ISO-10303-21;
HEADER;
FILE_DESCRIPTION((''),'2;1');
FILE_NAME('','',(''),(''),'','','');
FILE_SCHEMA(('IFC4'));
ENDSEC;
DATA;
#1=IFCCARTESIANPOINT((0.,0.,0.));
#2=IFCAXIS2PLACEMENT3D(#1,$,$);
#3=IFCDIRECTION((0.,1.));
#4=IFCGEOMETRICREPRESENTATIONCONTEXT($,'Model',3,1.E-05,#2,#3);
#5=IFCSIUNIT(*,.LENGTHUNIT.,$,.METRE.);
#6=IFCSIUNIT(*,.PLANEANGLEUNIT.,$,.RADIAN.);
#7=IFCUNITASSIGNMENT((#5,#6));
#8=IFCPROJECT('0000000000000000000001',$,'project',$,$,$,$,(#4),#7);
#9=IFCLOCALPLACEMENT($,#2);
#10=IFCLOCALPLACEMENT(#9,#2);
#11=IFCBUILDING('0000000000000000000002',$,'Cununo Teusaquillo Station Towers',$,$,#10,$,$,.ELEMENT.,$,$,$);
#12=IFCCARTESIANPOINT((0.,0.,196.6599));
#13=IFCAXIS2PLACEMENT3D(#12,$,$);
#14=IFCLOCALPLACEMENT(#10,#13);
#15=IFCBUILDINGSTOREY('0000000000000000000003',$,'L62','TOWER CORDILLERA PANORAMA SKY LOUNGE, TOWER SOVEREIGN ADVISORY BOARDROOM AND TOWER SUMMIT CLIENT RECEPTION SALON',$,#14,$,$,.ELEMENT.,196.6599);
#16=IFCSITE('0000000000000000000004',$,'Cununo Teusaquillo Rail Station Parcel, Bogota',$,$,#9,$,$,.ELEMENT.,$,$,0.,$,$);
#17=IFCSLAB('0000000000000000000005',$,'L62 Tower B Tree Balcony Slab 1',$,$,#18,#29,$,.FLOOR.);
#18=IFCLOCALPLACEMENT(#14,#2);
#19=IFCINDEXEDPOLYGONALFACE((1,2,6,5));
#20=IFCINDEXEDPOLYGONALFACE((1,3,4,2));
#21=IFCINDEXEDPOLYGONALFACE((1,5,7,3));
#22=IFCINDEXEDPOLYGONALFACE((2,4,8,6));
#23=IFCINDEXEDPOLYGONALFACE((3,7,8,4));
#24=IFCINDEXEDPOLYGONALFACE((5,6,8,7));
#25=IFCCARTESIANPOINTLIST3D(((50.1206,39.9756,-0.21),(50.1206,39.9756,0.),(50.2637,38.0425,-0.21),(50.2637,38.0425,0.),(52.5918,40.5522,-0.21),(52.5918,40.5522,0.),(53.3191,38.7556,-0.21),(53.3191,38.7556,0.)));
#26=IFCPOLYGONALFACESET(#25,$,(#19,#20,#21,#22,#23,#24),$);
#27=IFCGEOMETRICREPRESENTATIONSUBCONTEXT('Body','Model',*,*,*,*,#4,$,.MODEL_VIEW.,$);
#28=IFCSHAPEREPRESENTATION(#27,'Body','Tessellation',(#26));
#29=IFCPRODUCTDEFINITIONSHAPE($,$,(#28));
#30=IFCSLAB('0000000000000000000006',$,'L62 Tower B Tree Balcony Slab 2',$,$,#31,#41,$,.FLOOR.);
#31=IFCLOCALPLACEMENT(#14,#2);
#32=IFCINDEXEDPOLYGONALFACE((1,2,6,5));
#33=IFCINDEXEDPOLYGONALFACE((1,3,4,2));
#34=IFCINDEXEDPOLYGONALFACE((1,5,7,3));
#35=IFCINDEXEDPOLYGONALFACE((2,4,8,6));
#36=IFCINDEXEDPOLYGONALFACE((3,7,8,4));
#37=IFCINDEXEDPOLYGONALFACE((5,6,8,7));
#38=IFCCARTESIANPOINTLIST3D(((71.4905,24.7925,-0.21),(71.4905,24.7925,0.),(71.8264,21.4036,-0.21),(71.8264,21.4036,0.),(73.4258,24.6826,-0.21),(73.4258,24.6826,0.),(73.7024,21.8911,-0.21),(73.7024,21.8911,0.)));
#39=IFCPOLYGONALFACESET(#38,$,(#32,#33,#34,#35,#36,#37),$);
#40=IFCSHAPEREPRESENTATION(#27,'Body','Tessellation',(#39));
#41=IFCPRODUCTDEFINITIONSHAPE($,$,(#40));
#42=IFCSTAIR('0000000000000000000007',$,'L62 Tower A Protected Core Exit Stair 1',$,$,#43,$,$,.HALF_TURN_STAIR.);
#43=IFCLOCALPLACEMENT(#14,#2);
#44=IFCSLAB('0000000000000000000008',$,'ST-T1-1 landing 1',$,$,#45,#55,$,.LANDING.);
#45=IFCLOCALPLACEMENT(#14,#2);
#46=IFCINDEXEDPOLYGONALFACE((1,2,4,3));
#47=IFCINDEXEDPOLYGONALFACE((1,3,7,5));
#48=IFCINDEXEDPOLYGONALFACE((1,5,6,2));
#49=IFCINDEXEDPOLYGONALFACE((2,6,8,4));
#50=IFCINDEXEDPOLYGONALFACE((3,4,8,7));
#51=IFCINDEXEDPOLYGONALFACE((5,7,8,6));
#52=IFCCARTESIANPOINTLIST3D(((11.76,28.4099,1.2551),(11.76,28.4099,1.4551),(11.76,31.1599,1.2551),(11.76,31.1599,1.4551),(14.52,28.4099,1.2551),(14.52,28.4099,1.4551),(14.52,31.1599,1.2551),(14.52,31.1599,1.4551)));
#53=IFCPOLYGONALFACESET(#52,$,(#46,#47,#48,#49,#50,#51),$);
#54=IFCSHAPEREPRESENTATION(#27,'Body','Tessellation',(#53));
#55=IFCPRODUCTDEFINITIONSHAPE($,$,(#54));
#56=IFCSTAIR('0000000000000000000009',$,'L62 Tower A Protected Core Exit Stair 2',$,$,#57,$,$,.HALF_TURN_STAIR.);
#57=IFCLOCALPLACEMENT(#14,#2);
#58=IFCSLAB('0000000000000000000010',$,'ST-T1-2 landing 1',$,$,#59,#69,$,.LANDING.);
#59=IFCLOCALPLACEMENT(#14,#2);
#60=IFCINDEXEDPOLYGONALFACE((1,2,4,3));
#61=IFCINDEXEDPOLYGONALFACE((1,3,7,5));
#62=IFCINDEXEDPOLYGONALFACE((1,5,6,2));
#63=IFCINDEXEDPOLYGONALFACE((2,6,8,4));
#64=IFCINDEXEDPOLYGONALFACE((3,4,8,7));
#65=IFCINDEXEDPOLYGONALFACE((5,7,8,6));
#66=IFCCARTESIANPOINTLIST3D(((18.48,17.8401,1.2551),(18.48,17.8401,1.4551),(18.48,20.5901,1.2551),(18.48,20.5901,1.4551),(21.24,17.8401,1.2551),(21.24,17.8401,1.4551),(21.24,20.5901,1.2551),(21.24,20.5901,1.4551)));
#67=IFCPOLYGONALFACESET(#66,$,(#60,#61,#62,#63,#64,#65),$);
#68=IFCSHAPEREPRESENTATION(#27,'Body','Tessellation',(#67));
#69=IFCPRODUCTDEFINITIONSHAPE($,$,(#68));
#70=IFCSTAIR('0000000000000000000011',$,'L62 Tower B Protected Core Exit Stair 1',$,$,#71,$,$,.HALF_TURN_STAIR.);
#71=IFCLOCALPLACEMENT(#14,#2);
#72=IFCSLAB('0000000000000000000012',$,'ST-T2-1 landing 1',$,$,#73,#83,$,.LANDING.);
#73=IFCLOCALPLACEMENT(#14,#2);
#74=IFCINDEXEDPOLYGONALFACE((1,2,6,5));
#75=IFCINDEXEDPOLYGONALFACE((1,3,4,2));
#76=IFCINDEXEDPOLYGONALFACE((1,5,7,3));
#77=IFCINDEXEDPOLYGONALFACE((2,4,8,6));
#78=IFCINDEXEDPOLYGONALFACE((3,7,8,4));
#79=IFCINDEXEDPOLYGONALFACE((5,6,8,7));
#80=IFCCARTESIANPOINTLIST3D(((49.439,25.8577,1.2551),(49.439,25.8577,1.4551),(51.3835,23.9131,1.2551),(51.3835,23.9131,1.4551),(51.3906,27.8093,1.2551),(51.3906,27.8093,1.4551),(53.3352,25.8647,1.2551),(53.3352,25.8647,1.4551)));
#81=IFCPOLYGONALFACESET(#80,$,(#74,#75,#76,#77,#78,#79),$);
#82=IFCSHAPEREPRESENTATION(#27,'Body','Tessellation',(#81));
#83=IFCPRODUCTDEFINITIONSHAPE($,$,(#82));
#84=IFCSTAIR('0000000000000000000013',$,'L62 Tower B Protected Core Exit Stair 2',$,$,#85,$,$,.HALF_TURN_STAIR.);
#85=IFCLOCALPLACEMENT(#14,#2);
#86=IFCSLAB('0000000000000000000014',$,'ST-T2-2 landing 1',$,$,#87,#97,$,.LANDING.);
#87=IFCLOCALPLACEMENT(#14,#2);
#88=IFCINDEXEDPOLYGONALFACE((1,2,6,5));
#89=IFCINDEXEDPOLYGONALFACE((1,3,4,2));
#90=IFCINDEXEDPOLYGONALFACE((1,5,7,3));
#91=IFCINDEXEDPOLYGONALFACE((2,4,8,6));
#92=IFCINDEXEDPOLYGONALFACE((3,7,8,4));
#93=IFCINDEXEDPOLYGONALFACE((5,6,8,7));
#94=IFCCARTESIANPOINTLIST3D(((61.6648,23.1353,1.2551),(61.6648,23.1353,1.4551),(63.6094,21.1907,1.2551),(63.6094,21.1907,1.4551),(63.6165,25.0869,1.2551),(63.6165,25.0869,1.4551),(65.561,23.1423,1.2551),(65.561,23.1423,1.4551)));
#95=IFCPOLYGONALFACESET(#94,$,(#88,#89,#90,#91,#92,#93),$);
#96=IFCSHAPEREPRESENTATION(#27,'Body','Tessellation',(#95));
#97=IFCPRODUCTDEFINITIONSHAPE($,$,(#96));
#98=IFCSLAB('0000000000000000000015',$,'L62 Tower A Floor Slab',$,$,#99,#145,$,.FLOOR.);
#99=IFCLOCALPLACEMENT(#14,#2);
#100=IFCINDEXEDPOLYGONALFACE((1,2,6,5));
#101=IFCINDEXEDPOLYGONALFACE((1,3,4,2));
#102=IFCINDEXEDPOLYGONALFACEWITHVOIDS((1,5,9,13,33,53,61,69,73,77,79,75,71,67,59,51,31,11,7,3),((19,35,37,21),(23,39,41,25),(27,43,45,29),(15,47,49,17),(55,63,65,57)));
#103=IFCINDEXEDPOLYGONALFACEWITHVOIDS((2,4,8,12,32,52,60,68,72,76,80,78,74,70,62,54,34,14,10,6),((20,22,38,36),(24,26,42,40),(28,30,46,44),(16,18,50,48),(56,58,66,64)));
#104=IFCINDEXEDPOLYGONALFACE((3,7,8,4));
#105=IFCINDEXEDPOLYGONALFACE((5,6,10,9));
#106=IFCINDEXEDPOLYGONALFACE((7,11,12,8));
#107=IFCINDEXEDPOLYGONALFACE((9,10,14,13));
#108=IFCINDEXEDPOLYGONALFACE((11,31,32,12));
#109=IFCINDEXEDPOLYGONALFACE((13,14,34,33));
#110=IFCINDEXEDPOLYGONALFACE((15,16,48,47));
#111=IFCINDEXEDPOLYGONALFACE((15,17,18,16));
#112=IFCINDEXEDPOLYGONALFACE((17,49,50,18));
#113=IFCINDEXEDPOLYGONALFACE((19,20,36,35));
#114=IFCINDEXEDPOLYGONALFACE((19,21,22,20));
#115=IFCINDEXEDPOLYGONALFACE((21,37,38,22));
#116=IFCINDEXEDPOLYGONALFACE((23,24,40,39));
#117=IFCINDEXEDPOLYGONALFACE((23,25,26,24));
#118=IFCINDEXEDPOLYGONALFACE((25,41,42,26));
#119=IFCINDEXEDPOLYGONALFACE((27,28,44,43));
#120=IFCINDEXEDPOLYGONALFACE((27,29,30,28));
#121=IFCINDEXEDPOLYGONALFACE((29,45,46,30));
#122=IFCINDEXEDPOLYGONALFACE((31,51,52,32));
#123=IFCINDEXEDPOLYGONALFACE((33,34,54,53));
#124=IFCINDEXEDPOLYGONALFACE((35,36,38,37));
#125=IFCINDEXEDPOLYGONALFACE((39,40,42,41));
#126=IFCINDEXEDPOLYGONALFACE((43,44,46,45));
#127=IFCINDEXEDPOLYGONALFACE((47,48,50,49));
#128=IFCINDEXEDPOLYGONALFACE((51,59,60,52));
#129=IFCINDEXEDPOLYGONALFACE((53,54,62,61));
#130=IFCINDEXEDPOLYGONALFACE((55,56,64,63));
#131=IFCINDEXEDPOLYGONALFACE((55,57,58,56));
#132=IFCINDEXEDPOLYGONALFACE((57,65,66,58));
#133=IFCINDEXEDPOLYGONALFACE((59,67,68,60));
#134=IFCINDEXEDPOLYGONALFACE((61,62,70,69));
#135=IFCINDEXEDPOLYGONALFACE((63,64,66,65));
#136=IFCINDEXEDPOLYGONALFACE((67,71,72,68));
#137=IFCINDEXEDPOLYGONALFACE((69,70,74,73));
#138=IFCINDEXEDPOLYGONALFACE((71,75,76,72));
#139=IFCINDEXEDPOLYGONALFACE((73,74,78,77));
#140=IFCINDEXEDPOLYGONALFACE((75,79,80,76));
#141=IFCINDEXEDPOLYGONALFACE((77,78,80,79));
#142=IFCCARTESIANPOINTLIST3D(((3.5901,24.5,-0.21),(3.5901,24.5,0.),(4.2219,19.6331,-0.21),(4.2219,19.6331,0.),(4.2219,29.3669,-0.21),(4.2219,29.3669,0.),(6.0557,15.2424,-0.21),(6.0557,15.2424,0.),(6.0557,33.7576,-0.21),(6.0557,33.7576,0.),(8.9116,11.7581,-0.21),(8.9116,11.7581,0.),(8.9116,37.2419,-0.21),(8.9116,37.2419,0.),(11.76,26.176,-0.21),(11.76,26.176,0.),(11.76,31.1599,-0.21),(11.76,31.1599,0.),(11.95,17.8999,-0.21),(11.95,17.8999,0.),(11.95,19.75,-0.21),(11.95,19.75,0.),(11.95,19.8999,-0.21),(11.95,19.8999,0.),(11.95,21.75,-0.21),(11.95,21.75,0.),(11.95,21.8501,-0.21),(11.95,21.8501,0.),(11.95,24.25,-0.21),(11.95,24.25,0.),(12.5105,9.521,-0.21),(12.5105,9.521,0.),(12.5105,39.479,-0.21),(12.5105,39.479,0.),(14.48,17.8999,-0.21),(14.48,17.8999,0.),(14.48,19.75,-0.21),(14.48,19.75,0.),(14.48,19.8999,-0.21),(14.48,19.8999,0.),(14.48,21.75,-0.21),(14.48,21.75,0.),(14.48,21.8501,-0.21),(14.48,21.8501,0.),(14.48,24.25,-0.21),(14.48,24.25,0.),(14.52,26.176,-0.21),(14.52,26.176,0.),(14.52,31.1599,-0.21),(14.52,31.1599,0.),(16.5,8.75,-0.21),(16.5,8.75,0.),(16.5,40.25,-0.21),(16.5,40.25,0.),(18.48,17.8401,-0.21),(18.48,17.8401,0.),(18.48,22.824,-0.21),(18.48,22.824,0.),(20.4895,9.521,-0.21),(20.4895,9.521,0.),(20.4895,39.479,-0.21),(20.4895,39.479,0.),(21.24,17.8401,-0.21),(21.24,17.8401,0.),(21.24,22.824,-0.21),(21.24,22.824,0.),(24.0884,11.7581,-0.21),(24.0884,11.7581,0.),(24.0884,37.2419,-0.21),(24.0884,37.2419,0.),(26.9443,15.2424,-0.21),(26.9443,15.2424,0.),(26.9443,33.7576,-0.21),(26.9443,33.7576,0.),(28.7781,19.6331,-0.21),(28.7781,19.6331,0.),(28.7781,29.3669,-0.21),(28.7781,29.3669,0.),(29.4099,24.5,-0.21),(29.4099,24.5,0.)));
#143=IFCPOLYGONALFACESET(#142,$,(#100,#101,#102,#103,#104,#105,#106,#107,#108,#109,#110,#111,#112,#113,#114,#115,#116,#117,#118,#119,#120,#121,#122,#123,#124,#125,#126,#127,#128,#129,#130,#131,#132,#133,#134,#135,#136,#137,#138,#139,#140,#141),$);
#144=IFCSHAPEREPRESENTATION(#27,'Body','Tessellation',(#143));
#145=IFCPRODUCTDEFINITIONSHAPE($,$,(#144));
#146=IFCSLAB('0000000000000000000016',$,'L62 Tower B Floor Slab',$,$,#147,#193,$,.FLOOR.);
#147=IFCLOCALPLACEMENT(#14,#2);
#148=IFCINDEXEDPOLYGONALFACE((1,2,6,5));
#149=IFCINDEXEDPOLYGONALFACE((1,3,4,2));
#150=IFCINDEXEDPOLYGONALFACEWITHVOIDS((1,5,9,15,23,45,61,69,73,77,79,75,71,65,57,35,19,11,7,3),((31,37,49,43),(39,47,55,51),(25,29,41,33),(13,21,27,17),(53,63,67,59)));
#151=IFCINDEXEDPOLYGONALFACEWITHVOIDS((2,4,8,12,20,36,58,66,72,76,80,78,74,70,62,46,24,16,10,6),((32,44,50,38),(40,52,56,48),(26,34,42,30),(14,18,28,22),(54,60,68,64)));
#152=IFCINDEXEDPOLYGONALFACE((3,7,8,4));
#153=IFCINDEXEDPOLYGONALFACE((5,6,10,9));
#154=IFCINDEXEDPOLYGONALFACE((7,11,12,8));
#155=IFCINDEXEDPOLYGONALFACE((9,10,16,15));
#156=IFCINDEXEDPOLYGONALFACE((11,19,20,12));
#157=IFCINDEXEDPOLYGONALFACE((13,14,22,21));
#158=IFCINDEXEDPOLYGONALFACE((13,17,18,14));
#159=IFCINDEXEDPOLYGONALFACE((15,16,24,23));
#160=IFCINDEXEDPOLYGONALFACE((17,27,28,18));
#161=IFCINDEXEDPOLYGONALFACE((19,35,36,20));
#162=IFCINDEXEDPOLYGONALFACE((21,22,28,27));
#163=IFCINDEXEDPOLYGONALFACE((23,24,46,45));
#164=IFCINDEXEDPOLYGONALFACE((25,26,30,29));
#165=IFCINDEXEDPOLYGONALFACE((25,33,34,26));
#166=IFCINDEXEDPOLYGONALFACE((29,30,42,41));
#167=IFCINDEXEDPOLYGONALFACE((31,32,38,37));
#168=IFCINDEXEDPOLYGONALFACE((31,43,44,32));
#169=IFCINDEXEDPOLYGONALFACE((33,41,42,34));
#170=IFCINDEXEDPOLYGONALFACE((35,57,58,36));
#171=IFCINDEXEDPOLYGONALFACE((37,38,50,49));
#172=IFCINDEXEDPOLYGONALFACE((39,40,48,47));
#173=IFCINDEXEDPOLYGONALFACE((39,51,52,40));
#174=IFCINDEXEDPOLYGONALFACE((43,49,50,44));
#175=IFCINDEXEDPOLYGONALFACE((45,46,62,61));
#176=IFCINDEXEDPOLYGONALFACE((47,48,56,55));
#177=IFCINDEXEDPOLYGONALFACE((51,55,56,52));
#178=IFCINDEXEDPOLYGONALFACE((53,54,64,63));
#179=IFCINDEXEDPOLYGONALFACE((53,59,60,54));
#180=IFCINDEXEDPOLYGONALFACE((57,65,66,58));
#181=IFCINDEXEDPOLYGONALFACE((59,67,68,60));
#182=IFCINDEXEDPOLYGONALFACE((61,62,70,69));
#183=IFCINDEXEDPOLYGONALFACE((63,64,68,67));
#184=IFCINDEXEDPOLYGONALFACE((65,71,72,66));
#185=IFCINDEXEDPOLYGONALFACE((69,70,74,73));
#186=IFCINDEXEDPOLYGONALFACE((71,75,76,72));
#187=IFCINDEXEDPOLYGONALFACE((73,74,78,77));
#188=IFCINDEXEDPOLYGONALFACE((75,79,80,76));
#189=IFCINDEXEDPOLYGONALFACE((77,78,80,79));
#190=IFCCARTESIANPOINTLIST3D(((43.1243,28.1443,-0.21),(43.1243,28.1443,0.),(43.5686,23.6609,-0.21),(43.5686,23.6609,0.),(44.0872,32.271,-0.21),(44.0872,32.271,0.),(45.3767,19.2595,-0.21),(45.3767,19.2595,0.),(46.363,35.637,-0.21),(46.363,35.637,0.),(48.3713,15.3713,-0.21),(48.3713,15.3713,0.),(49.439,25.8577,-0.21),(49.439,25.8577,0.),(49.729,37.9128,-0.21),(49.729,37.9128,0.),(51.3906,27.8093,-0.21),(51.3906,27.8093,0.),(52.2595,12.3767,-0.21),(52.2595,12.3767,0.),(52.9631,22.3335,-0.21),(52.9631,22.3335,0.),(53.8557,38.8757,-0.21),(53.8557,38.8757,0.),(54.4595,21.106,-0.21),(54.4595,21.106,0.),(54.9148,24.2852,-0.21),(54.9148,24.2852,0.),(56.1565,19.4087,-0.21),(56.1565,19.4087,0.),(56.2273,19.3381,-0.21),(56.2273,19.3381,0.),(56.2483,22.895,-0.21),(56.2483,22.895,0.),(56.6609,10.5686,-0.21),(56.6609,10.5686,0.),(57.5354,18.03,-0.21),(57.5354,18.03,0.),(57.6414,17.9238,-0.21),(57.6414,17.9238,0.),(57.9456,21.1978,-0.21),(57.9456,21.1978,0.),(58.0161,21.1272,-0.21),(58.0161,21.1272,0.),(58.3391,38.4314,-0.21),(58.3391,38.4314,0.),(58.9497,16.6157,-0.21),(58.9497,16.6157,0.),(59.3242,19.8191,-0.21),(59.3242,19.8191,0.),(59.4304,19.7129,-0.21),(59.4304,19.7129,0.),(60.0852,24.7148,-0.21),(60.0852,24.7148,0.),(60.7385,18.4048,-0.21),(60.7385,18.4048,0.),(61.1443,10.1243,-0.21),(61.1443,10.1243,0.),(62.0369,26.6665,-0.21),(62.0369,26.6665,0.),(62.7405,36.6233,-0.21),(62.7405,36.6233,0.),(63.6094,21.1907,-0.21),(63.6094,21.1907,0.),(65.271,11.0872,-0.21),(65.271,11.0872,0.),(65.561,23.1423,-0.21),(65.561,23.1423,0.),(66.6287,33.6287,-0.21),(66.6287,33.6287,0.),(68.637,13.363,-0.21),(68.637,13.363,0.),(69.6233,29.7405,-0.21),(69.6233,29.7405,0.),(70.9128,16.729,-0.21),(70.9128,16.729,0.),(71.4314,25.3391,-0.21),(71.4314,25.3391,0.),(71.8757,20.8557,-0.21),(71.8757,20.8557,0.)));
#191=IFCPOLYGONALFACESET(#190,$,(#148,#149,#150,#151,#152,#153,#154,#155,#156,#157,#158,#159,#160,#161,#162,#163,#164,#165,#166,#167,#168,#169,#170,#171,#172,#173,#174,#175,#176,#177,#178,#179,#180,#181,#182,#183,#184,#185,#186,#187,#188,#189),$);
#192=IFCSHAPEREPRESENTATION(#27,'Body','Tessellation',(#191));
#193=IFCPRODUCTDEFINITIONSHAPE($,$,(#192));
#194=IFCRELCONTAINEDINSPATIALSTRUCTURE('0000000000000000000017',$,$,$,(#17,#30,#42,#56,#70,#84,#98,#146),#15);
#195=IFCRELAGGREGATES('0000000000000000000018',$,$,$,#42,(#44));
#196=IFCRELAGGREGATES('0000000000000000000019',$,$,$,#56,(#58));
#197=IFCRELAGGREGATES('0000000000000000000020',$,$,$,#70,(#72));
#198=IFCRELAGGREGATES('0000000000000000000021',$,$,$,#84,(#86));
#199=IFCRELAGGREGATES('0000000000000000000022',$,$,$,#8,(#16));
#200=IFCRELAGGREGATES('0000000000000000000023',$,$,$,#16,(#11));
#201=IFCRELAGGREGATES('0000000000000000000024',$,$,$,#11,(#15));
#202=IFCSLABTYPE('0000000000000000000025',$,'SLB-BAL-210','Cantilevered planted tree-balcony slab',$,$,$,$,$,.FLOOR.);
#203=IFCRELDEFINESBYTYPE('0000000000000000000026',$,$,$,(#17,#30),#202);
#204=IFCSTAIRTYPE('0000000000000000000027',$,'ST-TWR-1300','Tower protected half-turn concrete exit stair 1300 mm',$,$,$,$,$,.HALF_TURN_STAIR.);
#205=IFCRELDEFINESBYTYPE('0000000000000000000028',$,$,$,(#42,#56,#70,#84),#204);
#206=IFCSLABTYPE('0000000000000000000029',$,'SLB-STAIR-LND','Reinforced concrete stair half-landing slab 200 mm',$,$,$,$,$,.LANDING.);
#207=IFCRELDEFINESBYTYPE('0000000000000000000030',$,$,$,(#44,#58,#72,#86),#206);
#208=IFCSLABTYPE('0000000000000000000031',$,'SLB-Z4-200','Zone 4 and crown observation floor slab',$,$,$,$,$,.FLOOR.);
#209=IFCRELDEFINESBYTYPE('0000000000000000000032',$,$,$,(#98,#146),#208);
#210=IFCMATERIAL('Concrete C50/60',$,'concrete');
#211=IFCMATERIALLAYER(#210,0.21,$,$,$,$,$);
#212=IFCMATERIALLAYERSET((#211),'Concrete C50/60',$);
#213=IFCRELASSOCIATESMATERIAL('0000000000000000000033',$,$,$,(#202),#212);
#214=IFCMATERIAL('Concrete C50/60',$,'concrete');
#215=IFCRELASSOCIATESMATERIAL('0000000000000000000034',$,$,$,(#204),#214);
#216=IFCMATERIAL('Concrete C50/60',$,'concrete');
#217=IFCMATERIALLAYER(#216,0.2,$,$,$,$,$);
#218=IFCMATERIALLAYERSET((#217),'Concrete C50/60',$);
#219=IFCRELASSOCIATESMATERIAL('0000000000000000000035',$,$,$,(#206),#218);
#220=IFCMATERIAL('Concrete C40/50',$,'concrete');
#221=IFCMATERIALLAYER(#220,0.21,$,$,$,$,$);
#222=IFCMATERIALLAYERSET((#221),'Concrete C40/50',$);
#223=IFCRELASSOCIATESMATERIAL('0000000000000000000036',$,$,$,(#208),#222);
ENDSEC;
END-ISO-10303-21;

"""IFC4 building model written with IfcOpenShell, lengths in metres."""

from ifc_helpers import new_model, si_unit, direction, frame, origin, place, context, subcontext, project, spatial, polyline, outline, extrude, material, layer, layer_set, type_object, element, aggregate, save


model = new_model("IFC4")

# Units and contexts
model_context = context("Model", 3, precision=1e-05, world=origin(), true_north=direction((0.0, 1.0)))
body_context = subcontext(model_context, "Body", "Model", "MODEL_VIEW")
ifc_project = project(units=[si_unit("LENGTHUNIT", "METRE"), si_unit("PLANEANGLEUNIT", "RADIAN")], contexts=[model_context])

# Site, building, storey
site_placement = place(None, origin())
site = spatial("IfcSite", under=ifc_project, at=site_placement, Name="Cununo Teusaquillo Rail Station Parcel, Bogota", CompositionType="ELEMENT", RefElevation=0.0)
building_placement = place(site_placement, origin())
building = spatial("IfcBuilding", under=site, at=building_placement, Name="Cununo Teusaquillo Station Towers", CompositionType="ELEMENT")
storey_placement = place(building_placement, frame((0.0, 0.0, 196.6599)))
storey = spatial("IfcBuildingStorey", under=building, at=storey_placement, Name="L62", Description="TOWER CORDILLERA PANORAMA SKY LOUNGE, TOWER SOVEREIGN ADVISORY BOARDROOM AND TOWER SUMMIT CLIENT RECEPTION SALON", CompositionType="ELEMENT", Elevation=196.6599)

# Slabs
ifc_material_1 = material(Name="Concrete C50/60", Category="concrete")
ifc_layer_1 = layer(ifc_material_1, 0.21)
ifc_layer_set_1 = layer_set([ifc_layer_1], Name="Concrete C50/60")
slab_type_1 = type_object("IfcSlabType", Name="SLB-BAL-210", Description="Cantilevered planted tree-balcony slab", PredefinedType="FLOOR", material=ifc_layer_set_1)
slab_1_placement = place(storey_placement, frame((0.0, 0.0, -0.21)))
element("IfcSlab", 1, at=slab_1_placement, inside=storey, type_object=slab_type_1, Name="L62 Tower B Tree Balcony Slab 1", PredefinedType="FLOOR", context=body_context, shape_type="SweptSolid", body=[
    extrude(outline(polyline([(53.3191, 38.7556), (50.2637, 38.0425), (50.1206, 39.9756), (52.5918, 40.5522), (53.3191, 38.7556)])), origin(), (0.0, 0.0, 1.0), 0.21),
])
slab_2_placement = place(storey_placement, frame((0.0, 0.0, -0.21)))
element("IfcSlab", 2, at=slab_2_placement, inside=storey, type_object=slab_type_1, Name="L62 Tower B Tree Balcony Slab 2", PredefinedType="FLOOR", context=body_context, shape_type="SweptSolid", body=[
    extrude(outline(polyline([(71.8264, 21.4036), (71.4905, 24.7925), (73.4258, 24.6826), (73.7024, 21.8911), (71.8264, 21.4036)])), origin(), (0.0, 0.0, 1.0), 0.21),
])

# Stairs, slabs
ifc_material_2 = material(Name="Concrete C50/60", Category="concrete")
stair_type = type_object("IfcStairType", Name="ST-TWR-1300", Description="Tower protected half-turn concrete exit stair 1300 mm", PredefinedType="HALF_TURN_STAIR", material=ifc_material_2)
stair_1_placement = place(storey_placement, origin())
stair_1 = element("IfcStair", 3, at=stair_1_placement, inside=storey, type_object=stair_type, Name="L62 Tower A Protected Core Exit Stair 1", PredefinedType="HALF_TURN_STAIR")
ifc_material_3 = material(Name="Concrete C50/60", Category="concrete")
ifc_layer_2 = layer(ifc_material_3, 0.2)
ifc_layer_set_2 = layer_set([ifc_layer_2], Name="Concrete C50/60")
slab_type_2 = type_object("IfcSlabType", Name="SLB-STAIR-LND", Description="Reinforced concrete stair half-landing slab 200 mm", PredefinedType="LANDING", material=ifc_layer_set_2)
slab_3_placement = place(storey_placement, frame((0.0, 0.0, 1.2551)))
slab_3 = element("IfcSlab", 4, at=slab_3_placement, type_object=slab_type_2, Name="ST-T1-1 landing 1", PredefinedType="LANDING", context=body_context, shape_type="SweptSolid", body=[
    extrude(outline(polyline([(14.52, 28.4099), (14.52, 31.1599), (11.76, 31.1599), (11.76, 28.4099), (14.52, 28.4099)])), origin(), (0.0, 0.0, 1.0), 0.2),
])
aggregate(stair_1, [slab_3])
stair_2_placement = place(storey_placement, origin())
stair_2 = element("IfcStair", 5, at=stair_2_placement, inside=storey, type_object=stair_type, Name="L62 Tower A Protected Core Exit Stair 2", PredefinedType="HALF_TURN_STAIR")
slab_4_placement = place(storey_placement, frame((0.0, 0.0, 1.2551)))
slab_4 = element("IfcSlab", 6, at=slab_4_placement, type_object=slab_type_2, Name="ST-T1-2 landing 1", PredefinedType="LANDING", context=body_context, shape_type="SweptSolid", body=[
    extrude(outline(polyline([(18.48, 20.5901), (18.48, 17.8401), (21.24, 17.8401), (21.24, 20.5901), (18.48, 20.5901)])), origin(), (0.0, 0.0, 1.0), 0.2),
])
aggregate(stair_2, [slab_4])
stair_3_placement = place(storey_placement, origin())
stair_3 = element("IfcStair", 7, at=stair_3_placement, inside=storey, type_object=stair_type, Name="L62 Tower B Protected Core Exit Stair 1", PredefinedType="HALF_TURN_STAIR")
slab_5_placement = place(storey_placement, frame((0.0, 0.0, 1.2551)))
slab_5 = element("IfcSlab", 8, at=slab_5_placement, type_object=slab_type_2, Name="ST-T2-1 landing 1", PredefinedType="LANDING", context=body_context, shape_type="SweptSolid", body=[
    extrude(outline(polyline([(53.3352, 25.8647), (51.3906, 27.8093), (49.439, 25.8577), (51.3835, 23.9131), (53.3352, 25.8647)])), origin(), (0.0, 0.0, 1.0), 0.2),
])
aggregate(stair_3, [slab_5])
stair_4_placement = place(storey_placement, origin())
stair_4 = element("IfcStair", 9, at=stair_4_placement, inside=storey, type_object=stair_type, Name="L62 Tower B Protected Core Exit Stair 2", PredefinedType="HALF_TURN_STAIR")
slab_6_placement = place(storey_placement, frame((0.0, 0.0, 1.2551)))
slab_6 = element("IfcSlab", 10, at=slab_6_placement, type_object=slab_type_2, Name="ST-T2-2 landing 1", PredefinedType="LANDING", context=body_context, shape_type="SweptSolid", body=[
    extrude(outline(polyline([(61.6648, 23.1353), (63.6094, 21.1907), (65.561, 23.1423), (63.6165, 25.0869), (61.6648, 23.1353)])), origin(), (0.0, 0.0, 1.0), 0.2),
])
aggregate(stair_4, [slab_6])

# Slabs
ifc_material_4 = material(Name="Concrete C40/50", Category="concrete")
ifc_layer_3 = layer(ifc_material_4, 0.21)
ifc_layer_set_3 = layer_set([ifc_layer_3], Name="Concrete C40/50")
slab_type_3 = type_object("IfcSlabType", Name="SLB-Z4-200", Description="Zone 4 and crown observation floor slab", PredefinedType="FLOOR", material=ifc_layer_set_3)
slab_7_placement = place(storey_placement, frame((0.0, 0.0, -0.21)))
element("IfcSlab", 11, at=slab_7_placement, inside=storey, type_object=slab_type_3, Name="L62 Tower A Floor Slab", PredefinedType="FLOOR", context=body_context, shape_type="SweptSolid", body=[
    extrude(outline(polyline([(29.4099, 24.5), (28.7781, 29.3669), (26.9443, 33.7576), (24.0884, 37.2419), (20.4895, 39.479), (16.5, 40.25), (12.5105, 39.479), (8.9116, 37.2419), (6.0557, 33.7576), (4.2219, 29.3669), (3.5901, 24.5), (4.2219, 19.6331), (6.0557, 15.2424), (8.9116, 11.7581), (12.5105, 9.521), (16.5, 8.75), (20.4895, 9.521), (24.0884, 11.7581), (26.9443, 15.2424), (28.7781, 19.6331), (29.4099, 24.5)]), holes=[polyline([(14.52, 26.176), (14.52, 31.1599), (11.76, 31.1599), (11.76, 26.176), (14.52, 26.176)]), polyline([(18.48, 22.824), (18.48, 17.8401), (21.24, 17.8401), (21.24, 22.824), (18.48, 22.824)]), polyline([(11.95, 21.8501), (14.48, 21.8501), (14.48, 24.25), (11.95, 24.25), (11.95, 21.8501)]), polyline([(11.95, 17.8999), (14.48, 17.8999), (14.48, 19.75), (11.95, 19.75), (11.95, 17.8999)]), polyline([(11.95, 19.8999), (14.48, 19.8999), (14.48, 21.75), (11.95, 21.75), (11.95, 19.8999)])]), origin(), (0.0, 0.0, 1.0), 0.21),
])
slab_8_placement = place(storey_placement, frame((0.0, 0.0, -0.21)))
element("IfcSlab", 12, at=slab_8_placement, inside=storey, type_object=slab_type_3, Name="L62 Tower B Floor Slab", PredefinedType="FLOOR", context=body_context, shape_type="SweptSolid", body=[
    extrude(outline(polyline([(66.6287, 33.6287), (62.7405, 36.6233), (58.3391, 38.4314), (53.8557, 38.8757), (49.729, 37.9128), (46.363, 35.637), (44.0872, 32.271), (43.1243, 28.1443), (43.5686, 23.6609), (45.3767, 19.2595), (48.3713, 15.3713), (52.2595, 12.3767), (56.6609, 10.5686), (61.1443, 10.1243), (65.271, 11.0872), (68.637, 13.363), (70.9128, 16.729), (71.8757, 20.8557), (71.4314, 25.3391), (69.6233, 29.7405), (66.6287, 33.6287)]), holes=[polyline([(54.9148, 24.2852), (51.3906, 27.8093), (49.439, 25.8577), (52.9631, 22.3335), (54.9148, 24.2852)]), polyline([(60.0852, 24.7148), (63.6094, 21.1907), (65.561, 23.1423), (62.0369, 26.6665), (60.0852, 24.7148)]), polyline([(56.1565, 19.4087), (57.9456, 21.1978), (56.2483, 22.895), (54.4595, 21.106), (56.1565, 19.4087)]), polyline([(58.9497, 16.6157), (60.7385, 18.4048), (59.4304, 19.7129), (57.6414, 17.9238), (58.9497, 16.6157)]), polyline([(57.5354, 18.03), (59.3242, 19.8191), (58.0161, 21.1272), (56.2273, 19.3381), (57.5354, 18.03)])]), origin(), (0.0, 0.0, 1.0), 0.21),
])

save(model, "model.ifc")
